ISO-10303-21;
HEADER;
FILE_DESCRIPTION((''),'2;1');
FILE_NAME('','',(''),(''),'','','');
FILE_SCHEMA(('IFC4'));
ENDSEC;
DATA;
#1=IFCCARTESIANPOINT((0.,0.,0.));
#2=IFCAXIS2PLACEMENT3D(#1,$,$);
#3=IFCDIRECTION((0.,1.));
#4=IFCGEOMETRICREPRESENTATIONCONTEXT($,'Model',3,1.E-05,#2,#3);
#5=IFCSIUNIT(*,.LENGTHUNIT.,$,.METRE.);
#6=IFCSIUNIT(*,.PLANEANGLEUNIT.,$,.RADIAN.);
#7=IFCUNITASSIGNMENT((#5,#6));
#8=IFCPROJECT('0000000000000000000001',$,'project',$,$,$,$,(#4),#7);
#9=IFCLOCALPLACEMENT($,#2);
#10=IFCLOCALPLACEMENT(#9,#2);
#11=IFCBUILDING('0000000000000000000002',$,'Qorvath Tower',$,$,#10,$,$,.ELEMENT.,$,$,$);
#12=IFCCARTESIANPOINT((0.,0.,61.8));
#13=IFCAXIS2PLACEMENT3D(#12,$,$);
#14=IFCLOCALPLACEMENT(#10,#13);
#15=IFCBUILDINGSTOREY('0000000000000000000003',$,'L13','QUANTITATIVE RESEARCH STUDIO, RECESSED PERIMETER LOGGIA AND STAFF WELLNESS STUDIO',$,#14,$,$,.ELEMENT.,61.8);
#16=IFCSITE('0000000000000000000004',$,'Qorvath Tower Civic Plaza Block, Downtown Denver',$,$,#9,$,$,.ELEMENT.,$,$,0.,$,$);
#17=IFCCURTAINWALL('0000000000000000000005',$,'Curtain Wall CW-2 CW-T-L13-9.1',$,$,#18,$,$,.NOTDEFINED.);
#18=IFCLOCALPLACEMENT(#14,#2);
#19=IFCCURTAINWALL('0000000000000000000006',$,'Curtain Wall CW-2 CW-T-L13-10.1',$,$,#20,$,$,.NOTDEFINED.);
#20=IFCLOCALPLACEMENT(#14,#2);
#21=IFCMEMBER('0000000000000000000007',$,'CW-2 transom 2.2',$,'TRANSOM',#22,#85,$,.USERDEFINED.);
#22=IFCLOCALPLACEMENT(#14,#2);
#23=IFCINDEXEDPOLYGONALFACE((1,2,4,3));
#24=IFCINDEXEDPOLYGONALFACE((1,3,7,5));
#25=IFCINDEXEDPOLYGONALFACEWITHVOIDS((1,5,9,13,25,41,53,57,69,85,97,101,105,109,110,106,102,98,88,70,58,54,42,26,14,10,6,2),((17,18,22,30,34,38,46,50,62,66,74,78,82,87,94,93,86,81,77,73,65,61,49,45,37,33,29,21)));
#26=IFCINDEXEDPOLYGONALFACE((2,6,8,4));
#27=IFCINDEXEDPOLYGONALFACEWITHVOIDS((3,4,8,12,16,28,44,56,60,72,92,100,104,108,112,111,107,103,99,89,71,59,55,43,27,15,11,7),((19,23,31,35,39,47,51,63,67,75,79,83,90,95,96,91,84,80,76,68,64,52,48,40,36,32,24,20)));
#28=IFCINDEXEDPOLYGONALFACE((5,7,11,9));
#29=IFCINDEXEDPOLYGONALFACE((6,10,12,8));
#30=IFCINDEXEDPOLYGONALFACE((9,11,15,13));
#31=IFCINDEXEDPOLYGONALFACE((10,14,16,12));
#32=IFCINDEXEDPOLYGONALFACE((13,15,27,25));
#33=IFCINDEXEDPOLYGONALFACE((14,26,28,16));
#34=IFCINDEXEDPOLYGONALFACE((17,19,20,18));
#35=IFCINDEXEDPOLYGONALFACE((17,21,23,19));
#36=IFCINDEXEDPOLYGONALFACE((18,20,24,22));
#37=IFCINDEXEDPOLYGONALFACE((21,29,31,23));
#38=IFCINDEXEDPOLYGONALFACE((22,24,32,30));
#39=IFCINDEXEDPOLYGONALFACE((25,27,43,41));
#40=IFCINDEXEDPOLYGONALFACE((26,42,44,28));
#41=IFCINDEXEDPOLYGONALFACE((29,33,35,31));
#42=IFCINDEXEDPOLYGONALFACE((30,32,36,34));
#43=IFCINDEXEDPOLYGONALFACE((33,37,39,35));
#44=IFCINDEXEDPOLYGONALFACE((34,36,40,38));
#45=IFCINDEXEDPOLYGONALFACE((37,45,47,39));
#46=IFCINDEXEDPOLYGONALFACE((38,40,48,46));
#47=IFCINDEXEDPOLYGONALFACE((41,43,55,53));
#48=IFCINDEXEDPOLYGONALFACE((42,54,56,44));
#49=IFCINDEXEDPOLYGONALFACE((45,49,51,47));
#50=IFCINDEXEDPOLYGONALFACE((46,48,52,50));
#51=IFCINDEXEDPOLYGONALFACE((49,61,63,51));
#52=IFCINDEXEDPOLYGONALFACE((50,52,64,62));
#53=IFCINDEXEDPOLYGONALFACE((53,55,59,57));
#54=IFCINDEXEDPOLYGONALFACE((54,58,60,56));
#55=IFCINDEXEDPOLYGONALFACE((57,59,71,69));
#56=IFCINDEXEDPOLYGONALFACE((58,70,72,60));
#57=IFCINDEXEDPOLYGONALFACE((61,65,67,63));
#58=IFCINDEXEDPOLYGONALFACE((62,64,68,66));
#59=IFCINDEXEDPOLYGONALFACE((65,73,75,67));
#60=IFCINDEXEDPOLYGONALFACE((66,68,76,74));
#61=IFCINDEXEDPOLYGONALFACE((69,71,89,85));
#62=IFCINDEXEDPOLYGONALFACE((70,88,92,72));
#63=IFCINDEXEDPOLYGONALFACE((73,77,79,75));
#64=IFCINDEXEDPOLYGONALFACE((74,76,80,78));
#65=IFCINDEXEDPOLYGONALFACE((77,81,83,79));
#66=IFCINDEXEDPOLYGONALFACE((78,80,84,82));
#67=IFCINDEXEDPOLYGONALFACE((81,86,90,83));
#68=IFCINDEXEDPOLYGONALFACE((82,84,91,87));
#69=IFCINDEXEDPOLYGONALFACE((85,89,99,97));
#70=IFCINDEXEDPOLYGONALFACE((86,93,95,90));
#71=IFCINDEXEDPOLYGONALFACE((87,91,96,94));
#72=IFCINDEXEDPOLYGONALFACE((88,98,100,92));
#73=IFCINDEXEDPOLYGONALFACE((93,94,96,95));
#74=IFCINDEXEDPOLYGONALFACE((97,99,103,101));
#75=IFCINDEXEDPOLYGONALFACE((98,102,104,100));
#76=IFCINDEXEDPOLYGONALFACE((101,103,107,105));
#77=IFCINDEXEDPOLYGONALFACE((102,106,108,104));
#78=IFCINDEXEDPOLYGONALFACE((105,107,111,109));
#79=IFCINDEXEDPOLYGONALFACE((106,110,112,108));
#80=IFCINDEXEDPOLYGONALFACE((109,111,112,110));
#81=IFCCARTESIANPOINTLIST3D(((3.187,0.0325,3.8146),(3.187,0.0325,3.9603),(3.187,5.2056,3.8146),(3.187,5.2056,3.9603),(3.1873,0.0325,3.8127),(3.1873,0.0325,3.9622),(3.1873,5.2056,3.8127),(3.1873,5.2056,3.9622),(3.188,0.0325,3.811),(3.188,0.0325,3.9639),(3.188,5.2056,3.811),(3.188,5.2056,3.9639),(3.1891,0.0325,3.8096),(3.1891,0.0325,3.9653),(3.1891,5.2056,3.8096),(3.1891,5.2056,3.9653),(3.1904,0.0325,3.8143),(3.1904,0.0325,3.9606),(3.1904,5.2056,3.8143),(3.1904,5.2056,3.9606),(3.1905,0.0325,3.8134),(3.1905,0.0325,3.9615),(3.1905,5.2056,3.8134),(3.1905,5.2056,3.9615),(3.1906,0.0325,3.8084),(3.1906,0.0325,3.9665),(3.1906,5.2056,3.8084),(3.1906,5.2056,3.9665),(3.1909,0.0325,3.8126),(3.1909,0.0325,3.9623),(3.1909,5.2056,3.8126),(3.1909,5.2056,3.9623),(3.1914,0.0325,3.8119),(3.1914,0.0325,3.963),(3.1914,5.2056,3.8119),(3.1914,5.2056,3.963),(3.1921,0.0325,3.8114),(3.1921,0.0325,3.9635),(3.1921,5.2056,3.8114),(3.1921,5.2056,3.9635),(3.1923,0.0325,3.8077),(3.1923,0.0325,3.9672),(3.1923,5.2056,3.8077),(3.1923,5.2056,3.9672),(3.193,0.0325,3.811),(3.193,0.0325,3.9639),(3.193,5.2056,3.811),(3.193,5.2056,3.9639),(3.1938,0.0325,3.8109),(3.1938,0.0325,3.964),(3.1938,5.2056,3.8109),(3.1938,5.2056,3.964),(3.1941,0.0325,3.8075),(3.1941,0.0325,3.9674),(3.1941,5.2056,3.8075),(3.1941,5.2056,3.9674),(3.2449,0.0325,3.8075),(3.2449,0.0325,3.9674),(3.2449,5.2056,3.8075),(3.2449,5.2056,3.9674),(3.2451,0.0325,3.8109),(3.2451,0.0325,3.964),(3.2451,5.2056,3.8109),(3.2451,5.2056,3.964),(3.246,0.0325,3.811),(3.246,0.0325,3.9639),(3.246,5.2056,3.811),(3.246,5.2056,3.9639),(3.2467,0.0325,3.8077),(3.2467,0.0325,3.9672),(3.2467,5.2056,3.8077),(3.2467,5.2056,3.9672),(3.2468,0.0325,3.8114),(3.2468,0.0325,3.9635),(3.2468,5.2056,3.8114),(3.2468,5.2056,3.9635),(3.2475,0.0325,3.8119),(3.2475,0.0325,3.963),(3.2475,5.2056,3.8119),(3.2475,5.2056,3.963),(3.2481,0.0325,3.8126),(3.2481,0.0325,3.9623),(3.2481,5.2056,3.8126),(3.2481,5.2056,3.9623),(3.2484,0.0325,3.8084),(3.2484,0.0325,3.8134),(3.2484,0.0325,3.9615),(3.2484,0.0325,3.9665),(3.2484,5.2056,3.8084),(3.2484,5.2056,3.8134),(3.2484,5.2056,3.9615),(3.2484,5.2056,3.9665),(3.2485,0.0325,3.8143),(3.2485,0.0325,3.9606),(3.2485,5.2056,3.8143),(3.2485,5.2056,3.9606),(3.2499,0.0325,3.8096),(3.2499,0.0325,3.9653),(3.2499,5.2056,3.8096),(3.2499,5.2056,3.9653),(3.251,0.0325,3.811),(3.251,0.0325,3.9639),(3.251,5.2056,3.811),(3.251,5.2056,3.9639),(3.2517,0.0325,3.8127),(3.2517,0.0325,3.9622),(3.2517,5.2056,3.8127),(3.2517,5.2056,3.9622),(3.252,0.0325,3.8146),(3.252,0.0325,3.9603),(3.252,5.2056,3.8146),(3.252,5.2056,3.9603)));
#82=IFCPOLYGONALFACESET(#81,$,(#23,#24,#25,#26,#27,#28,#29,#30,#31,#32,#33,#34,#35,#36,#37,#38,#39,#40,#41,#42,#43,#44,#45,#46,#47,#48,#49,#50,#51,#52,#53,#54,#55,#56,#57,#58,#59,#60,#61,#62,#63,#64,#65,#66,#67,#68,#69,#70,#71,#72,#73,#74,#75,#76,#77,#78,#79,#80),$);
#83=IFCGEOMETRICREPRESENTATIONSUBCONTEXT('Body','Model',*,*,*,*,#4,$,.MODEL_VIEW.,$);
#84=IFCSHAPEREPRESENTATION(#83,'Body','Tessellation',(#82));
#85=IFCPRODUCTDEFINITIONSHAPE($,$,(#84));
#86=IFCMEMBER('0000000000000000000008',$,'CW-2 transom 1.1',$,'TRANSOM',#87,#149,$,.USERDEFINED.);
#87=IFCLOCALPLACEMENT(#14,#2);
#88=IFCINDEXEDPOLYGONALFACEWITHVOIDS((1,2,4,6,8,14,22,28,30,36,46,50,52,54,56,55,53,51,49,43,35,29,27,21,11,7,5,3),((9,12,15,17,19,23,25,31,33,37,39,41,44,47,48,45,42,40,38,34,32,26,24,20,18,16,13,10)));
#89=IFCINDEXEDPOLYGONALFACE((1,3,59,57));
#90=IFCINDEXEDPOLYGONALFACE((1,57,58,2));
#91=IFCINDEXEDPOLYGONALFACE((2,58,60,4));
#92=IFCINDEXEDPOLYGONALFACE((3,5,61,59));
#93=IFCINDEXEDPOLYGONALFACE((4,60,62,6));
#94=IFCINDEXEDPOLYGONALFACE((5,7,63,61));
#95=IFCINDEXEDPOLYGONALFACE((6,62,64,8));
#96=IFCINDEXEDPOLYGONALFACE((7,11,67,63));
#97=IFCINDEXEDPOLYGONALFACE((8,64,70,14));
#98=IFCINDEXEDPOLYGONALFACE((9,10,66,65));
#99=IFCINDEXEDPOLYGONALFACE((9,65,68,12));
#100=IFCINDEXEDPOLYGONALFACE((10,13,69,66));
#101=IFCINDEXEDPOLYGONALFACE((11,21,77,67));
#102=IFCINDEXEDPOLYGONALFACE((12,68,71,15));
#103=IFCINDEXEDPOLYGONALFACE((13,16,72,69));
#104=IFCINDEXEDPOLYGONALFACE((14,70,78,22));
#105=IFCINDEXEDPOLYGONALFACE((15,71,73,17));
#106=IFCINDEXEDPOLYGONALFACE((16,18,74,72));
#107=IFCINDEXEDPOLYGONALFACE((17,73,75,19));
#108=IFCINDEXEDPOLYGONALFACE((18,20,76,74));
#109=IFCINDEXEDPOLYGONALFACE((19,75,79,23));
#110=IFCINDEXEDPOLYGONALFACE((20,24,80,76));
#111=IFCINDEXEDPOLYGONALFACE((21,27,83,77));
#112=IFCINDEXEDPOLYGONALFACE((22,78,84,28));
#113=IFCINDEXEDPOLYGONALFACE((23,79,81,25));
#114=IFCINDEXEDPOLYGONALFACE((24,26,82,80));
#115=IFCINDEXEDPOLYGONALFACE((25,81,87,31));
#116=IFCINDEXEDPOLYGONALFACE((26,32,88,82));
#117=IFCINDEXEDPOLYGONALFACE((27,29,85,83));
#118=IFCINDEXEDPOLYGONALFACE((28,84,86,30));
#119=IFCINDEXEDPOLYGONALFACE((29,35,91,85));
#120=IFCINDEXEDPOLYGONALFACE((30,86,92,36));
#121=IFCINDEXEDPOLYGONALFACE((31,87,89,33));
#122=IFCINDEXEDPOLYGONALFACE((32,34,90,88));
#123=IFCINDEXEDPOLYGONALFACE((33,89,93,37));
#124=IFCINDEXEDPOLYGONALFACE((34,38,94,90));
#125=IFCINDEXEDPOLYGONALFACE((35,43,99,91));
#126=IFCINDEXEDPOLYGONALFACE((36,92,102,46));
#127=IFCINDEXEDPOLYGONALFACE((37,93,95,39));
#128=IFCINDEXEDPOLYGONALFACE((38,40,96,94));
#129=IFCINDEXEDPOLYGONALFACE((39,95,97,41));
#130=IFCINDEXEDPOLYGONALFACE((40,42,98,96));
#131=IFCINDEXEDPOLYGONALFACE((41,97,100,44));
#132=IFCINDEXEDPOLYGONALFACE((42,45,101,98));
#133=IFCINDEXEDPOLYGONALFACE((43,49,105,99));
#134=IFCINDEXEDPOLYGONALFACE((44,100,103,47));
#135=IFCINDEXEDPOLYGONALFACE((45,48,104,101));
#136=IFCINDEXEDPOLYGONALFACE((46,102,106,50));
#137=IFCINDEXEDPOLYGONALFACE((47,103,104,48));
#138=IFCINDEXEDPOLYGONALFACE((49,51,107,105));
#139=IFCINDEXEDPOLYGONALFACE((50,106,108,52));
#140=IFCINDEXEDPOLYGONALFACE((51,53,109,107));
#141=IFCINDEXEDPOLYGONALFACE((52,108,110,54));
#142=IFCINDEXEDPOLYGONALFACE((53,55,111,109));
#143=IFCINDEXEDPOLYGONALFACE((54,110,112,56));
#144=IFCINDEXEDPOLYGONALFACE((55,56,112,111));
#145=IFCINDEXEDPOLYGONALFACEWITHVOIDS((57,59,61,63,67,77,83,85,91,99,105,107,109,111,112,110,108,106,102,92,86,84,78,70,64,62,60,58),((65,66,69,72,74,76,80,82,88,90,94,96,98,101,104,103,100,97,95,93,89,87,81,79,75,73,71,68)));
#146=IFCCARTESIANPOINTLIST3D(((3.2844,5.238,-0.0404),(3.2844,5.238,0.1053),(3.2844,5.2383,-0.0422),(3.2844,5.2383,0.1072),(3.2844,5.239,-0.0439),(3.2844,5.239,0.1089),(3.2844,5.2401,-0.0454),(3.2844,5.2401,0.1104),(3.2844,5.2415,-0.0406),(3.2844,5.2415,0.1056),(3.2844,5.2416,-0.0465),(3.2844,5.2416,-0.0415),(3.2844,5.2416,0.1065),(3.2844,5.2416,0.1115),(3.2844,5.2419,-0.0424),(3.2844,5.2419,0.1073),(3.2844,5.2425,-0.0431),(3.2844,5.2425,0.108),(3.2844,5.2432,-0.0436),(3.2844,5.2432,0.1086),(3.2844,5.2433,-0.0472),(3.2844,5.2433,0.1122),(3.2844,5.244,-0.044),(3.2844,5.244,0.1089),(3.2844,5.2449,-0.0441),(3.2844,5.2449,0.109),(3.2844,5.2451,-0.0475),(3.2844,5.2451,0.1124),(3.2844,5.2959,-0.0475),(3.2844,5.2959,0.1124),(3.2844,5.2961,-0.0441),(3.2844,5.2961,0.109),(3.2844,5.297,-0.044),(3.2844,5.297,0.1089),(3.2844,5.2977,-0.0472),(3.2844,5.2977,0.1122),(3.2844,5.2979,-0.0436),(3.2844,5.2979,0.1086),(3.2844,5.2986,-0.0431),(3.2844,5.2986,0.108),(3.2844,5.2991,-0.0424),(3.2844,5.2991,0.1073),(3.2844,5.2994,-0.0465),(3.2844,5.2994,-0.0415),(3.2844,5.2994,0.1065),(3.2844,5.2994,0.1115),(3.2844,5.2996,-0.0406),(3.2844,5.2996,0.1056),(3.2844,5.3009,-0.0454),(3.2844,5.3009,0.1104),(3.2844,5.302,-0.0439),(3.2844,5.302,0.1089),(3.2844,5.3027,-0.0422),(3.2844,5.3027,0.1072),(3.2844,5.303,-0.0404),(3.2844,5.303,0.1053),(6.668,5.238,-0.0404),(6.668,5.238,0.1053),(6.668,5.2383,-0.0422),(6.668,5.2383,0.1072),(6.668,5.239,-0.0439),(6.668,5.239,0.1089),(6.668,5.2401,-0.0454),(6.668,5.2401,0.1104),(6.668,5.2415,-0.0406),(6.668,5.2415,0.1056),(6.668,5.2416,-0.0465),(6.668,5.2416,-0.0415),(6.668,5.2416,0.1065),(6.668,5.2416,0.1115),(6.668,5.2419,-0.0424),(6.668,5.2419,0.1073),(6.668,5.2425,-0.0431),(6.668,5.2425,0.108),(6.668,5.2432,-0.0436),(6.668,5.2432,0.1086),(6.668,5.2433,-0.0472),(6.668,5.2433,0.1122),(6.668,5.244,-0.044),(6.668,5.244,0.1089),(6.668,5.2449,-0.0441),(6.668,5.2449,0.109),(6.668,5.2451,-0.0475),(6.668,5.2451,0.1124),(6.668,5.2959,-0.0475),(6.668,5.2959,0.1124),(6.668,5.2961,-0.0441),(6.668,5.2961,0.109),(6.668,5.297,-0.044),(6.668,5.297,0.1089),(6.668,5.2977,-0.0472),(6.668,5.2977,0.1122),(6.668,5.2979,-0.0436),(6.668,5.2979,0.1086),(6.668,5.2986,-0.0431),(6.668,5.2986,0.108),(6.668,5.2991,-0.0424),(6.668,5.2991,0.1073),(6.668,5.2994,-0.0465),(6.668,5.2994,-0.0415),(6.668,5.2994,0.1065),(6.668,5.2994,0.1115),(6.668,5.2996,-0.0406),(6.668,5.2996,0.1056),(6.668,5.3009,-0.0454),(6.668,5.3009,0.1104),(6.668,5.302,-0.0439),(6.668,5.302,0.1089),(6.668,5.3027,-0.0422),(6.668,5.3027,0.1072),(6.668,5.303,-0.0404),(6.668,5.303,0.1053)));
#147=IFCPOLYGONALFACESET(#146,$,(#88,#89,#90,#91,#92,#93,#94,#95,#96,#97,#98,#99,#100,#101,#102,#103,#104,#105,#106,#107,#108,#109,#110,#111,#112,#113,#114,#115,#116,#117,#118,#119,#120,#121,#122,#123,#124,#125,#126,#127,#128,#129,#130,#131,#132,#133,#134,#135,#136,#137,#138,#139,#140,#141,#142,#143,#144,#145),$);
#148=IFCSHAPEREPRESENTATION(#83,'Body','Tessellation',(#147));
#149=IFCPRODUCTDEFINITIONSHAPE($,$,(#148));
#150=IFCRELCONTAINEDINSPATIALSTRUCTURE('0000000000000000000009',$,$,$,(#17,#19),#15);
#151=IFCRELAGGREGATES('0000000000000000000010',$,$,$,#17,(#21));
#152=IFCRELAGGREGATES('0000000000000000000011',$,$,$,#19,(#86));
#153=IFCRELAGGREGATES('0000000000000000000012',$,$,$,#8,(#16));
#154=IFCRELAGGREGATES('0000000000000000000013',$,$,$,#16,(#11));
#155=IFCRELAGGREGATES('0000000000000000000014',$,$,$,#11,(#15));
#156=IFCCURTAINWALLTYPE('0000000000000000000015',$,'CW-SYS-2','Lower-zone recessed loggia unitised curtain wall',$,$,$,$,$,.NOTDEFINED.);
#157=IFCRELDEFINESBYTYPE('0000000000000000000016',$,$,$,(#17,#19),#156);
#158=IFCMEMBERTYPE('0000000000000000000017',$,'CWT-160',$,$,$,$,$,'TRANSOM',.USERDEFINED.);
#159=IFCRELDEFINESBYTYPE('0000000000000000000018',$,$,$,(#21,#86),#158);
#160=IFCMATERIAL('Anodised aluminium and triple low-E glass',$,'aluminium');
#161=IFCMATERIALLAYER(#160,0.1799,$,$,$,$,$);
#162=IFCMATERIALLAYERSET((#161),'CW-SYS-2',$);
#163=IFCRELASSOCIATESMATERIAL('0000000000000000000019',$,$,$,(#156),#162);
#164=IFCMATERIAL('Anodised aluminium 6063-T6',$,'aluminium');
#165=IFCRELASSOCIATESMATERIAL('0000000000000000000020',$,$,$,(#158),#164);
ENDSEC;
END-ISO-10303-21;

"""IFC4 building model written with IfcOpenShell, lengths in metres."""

from ifc_helpers import new_model, si_unit, direction, frame, origin, origin_2d, place, context, subcontext, project, spatial, hollow_rectangle, extrude, material, layer, layer_set, material_profile, profile_set, type_object, element, aggregate, save


model = new_model("IFC4")

# Units and contexts
model_context = context("Model", 3, precision=1e-05, world=origin(), true_north=direction((0.0, 1.0)))
body_context = subcontext(model_context, "Body", "Model", "MODEL_VIEW")
ifc_project = project(units=[si_unit("LENGTHUNIT", "METRE"), si_unit("PLANEANGLEUNIT", "RADIAN")], contexts=[model_context])

# Site, building, storey
site_placement = place(None, origin())
site = spatial("IfcSite", under=ifc_project, at=site_placement, Name="Qorvath Tower Civic Plaza Block, Downtown Denver", CompositionType="ELEMENT", RefElevation=0.0)
building_placement = place(site_placement, origin())
building = spatial("IfcBuilding", under=site, at=building_placement, Name="Qorvath Tower", CompositionType="ELEMENT")
storey_placement = place(building_placement, frame((0.0, 0.0, 61.8)))
storey = spatial("IfcBuildingStorey", under=building, at=storey_placement, Name="L13", Description="QUANTITATIVE RESEARCH STUDIO, RECESSED PERIMETER LOGGIA AND STAFF WELLNESS STUDIO", CompositionType="ELEMENT", Elevation=61.8)

# Curtain walls
ifc_material_1 = material(Name="Anodised aluminium and triple low-E glass", Category="aluminium")
ifc_layer_1 = layer(ifc_material_1, 0.1799)
ifc_layer_set_1 = layer_set([ifc_layer_1], Name="CW-SYS-2")
curtain_wall_type = type_object("IfcCurtainWallType", Name="CW-SYS-2", Description="Lower-zone recessed loggia unitised curtain wall", PredefinedType="NOTDEFINED", material=ifc_layer_set_1)
curtain_wall_1_placement = place(storey_placement, origin())
curtain_wall_1 = element("IfcCurtainWall", 1, at=curtain_wall_1_placement, inside=storey, type_object=curtain_wall_type, Name="Curtain Wall CW-2 CW-T-L13-9.1", PredefinedType="NOTDEFINED")
curtain_wall_2_placement = place(storey_placement, origin())
curtain_wall_2 = element("IfcCurtainWall", 2, at=curtain_wall_2_placement, inside=storey, type_object=curtain_wall_type, Name="Curtain Wall CW-2 CW-T-L13-10.1", PredefinedType="NOTDEFINED")

# Members
ifc_material_2 = material(Name="Anodised aluminium 6063-T6", Category="aluminium")
ifc_material_profile_1 = material_profile(ifc_material_2, hollow_rectangle(XDim=0.0649, YDim=0.1599, WallThickness=0.0034, InnerFilletRadius=0.0034, OuterFilletRadius=0.0071, at=origin_2d()), Name="CWT 160x65")
ifc_profile_set_1 = profile_set([ifc_material_profile_1], Name="Anodised aluminium 6063-T6")
member_type_1 = type_object("IfcMemberType", Name="CWT-160", ElementType="TRANSOM", PredefinedType="USERDEFINED", material=ifc_profile_set_1)
member_1_placement = place(storey_placement, frame((3.2195, 0.0325, 3.8875), z_axis=(0.0, 1.0, 0.0), x_axis=(-1.0, 0.0, 0.0)))
member_1 = element("IfcMember", 3, at=member_1_placement, type_object=member_type_1, Name="CW-2 transom 2.2", ObjectType="TRANSOM", PredefinedType="USERDEFINED", context=body_context, shape_type="SweptSolid", body=[
    extrude(hollow_rectangle(XDim=0.0649, YDim=0.1599, WallThickness=0.0034, InnerFilletRadius=0.0034, OuterFilletRadius=0.0071, at=origin_2d()), origin(), (0.0, 0.0, 1.0), 5.1731),
])
member_2_placement = place(storey_placement, frame((3.2844, 5.2705, 0.0325), z_axis=(1.0, 0.0, 0.0), x_axis=(0.0, 1.0, 0.0)))
member_2 = element("IfcMember", 4, at=member_2_placement, type_object=member_type_1, Name="CW-2 transom 1.1", ObjectType="TRANSOM", PredefinedType="USERDEFINED", context=body_context, shape_type="SweptSolid", body=[
    extrude(hollow_rectangle(XDim=0.0649, YDim=0.1599, WallThickness=0.0034, InnerFilletRadius=0.0034, OuterFilletRadius=0.0071, at=origin_2d()), origin(), (0.0, 0.0, 1.0), 3.3835),
])

aggregate(curtain_wall_1, [member_1])
aggregate(curtain_wall_2, [member_2])

save(model, "model.ifc")
